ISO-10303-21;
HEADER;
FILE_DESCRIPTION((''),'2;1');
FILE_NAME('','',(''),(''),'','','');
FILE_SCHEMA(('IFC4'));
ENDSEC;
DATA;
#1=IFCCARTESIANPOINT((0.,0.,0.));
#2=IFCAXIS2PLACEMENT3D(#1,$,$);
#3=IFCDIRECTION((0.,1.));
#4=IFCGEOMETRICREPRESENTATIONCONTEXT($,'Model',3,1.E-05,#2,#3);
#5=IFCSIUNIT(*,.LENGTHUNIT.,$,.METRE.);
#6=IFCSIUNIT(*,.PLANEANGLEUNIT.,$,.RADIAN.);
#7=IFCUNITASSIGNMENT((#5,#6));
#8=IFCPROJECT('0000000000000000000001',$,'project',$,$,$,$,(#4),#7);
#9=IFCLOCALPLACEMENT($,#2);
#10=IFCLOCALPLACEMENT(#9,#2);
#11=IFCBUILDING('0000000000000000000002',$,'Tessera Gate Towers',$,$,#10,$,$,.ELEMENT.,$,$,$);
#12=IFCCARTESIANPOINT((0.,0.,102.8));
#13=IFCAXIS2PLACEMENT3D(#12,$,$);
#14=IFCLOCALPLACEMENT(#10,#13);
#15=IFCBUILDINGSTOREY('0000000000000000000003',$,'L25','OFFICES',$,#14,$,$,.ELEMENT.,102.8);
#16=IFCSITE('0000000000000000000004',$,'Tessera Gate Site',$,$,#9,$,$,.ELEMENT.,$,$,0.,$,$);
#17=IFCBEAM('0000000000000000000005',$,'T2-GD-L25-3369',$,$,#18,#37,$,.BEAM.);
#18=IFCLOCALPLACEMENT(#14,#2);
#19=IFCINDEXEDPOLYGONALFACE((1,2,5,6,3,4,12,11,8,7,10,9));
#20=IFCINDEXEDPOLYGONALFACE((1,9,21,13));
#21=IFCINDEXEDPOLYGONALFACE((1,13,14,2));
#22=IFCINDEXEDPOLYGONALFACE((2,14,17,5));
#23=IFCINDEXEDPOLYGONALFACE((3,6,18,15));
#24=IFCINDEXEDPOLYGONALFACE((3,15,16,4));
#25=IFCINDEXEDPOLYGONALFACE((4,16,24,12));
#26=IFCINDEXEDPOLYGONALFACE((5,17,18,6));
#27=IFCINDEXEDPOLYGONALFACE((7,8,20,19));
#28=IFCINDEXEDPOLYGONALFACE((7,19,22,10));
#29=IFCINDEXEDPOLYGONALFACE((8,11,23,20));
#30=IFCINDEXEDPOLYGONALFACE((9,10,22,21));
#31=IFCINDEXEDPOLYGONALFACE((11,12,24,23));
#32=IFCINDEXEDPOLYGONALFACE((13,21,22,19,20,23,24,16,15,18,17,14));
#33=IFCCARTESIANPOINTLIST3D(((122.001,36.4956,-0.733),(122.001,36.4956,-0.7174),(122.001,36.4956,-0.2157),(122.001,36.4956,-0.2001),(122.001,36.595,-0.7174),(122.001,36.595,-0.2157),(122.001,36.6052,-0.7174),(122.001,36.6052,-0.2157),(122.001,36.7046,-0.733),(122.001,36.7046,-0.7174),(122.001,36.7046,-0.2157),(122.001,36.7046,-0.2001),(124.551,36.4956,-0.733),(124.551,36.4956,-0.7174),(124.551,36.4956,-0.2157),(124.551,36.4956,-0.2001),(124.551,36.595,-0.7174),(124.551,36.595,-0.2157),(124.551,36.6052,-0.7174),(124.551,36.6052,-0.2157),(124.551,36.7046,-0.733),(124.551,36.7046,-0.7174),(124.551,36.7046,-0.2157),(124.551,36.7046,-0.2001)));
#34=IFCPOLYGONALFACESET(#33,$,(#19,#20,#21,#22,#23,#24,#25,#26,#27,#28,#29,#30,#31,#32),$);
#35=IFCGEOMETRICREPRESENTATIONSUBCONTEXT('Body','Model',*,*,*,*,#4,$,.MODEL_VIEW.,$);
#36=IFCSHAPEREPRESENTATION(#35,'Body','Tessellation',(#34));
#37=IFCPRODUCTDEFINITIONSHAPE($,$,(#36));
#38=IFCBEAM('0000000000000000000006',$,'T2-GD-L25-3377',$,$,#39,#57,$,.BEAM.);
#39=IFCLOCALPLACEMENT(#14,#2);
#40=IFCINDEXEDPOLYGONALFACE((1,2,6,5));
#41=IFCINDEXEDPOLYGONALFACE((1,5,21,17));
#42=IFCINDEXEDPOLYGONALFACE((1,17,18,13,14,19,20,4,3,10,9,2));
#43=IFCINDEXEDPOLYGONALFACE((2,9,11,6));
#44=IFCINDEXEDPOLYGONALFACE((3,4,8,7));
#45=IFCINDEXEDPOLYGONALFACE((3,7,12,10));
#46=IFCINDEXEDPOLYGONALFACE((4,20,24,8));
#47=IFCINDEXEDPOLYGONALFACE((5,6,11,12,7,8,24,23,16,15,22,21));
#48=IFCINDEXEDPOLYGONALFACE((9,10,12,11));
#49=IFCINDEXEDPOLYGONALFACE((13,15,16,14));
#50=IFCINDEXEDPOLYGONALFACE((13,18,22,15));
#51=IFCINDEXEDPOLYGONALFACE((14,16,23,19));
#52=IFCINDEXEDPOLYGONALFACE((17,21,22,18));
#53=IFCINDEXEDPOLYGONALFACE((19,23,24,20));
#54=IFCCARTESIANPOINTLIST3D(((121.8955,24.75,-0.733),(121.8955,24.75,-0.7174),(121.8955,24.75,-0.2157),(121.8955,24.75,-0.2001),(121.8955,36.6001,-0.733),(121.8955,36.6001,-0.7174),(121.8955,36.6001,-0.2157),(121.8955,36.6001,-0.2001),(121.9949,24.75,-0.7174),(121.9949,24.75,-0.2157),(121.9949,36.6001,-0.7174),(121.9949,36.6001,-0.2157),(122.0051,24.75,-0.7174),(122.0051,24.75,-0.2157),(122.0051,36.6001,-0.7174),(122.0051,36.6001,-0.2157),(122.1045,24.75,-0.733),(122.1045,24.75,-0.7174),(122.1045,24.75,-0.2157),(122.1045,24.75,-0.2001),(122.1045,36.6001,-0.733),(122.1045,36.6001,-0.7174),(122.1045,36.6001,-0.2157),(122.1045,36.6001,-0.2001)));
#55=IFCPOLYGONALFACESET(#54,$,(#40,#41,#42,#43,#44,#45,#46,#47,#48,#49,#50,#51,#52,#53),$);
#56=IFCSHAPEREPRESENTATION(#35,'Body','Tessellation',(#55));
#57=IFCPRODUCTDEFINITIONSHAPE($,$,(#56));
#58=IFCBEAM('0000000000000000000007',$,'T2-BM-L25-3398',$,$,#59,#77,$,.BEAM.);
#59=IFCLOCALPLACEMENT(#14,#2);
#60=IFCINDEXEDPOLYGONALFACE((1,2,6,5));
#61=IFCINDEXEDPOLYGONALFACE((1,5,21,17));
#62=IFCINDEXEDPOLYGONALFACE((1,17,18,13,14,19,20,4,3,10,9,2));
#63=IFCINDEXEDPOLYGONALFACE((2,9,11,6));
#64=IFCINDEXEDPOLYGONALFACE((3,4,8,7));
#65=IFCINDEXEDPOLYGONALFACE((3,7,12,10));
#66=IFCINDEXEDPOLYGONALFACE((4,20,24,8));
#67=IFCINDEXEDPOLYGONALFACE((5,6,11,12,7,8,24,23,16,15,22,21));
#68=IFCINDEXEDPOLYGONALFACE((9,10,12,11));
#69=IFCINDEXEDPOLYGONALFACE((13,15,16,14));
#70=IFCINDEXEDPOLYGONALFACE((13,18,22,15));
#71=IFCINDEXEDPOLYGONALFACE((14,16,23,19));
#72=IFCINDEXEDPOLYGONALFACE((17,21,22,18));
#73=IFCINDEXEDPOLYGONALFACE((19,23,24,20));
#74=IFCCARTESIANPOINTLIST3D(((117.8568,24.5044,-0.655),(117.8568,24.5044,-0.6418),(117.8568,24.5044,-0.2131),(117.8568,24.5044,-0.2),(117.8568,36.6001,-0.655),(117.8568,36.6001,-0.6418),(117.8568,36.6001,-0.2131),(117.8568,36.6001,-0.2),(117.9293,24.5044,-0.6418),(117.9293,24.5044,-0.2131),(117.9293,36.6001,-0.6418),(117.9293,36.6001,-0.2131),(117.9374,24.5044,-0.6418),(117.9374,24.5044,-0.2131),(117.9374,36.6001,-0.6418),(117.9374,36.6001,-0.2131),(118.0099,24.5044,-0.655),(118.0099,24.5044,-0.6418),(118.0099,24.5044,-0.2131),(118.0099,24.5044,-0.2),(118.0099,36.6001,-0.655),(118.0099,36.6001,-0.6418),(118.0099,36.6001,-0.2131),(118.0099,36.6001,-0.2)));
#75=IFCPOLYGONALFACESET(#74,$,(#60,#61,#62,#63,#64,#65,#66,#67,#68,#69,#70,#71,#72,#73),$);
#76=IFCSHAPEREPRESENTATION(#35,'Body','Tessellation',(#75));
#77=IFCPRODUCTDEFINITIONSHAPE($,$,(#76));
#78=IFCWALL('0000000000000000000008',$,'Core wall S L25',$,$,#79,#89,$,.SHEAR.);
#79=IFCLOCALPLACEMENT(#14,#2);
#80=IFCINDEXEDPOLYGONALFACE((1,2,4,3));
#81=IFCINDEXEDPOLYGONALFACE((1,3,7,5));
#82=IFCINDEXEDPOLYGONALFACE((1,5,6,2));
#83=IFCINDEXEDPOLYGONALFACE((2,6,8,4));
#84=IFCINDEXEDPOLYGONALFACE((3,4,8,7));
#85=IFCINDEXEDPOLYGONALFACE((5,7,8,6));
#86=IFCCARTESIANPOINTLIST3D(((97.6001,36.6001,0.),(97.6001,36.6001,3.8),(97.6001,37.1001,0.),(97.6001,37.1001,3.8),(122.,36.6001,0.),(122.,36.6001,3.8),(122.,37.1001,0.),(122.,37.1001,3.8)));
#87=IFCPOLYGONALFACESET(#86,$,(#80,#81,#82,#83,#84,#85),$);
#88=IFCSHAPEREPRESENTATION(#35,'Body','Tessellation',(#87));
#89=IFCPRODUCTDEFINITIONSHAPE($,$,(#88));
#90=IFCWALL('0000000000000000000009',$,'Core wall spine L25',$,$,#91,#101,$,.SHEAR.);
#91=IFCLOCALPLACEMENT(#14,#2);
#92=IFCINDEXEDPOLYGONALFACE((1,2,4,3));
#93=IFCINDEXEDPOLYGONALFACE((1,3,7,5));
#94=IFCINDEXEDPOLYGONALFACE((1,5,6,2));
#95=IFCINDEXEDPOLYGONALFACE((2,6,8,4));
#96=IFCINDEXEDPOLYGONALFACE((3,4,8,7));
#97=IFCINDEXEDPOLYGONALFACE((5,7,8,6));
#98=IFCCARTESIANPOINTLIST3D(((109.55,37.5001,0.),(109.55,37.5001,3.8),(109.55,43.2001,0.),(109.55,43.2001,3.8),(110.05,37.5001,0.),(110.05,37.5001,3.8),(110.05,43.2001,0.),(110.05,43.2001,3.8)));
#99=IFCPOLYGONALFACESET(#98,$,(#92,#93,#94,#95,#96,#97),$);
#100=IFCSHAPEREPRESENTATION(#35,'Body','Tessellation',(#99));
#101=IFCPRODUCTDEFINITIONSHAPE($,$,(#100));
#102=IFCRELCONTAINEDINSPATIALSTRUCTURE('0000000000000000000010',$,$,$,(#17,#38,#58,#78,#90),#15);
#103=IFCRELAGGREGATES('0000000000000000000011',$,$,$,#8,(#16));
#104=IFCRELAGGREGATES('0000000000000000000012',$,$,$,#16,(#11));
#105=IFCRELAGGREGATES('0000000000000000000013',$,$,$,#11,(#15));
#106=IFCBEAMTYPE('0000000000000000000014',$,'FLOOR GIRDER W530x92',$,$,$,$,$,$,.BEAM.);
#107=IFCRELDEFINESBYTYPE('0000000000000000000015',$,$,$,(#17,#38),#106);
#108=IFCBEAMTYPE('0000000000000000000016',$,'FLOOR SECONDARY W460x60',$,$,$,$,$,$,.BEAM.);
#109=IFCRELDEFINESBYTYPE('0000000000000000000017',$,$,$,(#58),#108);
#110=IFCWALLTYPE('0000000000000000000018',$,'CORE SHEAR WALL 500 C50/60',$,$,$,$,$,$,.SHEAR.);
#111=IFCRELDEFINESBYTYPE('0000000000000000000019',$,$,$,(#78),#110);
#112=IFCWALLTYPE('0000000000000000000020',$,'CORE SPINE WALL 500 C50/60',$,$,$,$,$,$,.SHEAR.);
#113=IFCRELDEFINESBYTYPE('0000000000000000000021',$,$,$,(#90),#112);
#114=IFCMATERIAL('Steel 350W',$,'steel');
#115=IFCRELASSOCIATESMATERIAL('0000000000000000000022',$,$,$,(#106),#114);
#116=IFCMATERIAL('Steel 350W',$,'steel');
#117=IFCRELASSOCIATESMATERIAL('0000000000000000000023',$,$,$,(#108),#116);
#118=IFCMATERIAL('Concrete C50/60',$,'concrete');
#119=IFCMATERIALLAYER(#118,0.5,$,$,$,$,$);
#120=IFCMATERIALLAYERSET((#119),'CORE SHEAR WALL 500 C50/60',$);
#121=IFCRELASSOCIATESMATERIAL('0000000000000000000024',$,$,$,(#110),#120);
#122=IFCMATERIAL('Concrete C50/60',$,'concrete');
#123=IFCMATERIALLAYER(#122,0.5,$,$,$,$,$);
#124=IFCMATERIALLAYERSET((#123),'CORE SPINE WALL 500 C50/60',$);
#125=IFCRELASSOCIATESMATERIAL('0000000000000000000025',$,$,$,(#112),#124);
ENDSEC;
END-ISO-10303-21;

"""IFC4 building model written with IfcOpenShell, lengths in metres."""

from ifc_helpers import new_model, si_unit, direction, frame, frame_2d, origin, origin_2d, place, context, subcontext, project, spatial, rectangle, i_section, extrude, material, layer, layer_set, material_profile, profile_set, type_object, element, save


model = new_model("IFC4")

# Units and contexts
model_context = context("Model", 3, precision=1e-05, world=origin(), true_north=direction((0.0, 1.0)))
body_context = subcontext(model_context, "Body", "Model", "MODEL_VIEW")
ifc_project = project(units=[si_unit("LENGTHUNIT", "METRE"), si_unit("PLANEANGLEUNIT", "RADIAN")], contexts=[model_context])

# Site, building, storey
site_placement = place(None, origin())
site = spatial("IfcSite", under=ifc_project, at=site_placement, Name="Tessera Gate Site", CompositionType="ELEMENT", RefElevation=0.0)
building_placement = place(site_placement, origin())
building = spatial("IfcBuilding", under=site, at=building_placement, Name="Tessera Gate Towers", CompositionType="ELEMENT")
storey_placement = place(building_placement, frame((0.0, 0.0, 102.8)))
storey = spatial("IfcBuildingStorey", under=building, at=storey_placement, Name="L25", Description="OFFICES", CompositionType="ELEMENT", Elevation=102.8)

# Beams
ifc_material_1 = material(Name="Steel 350W", Category="steel")
ifc_material_profile_1 = material_profile(ifc_material_1, i_section(OverallWidth=0.209, OverallDepth=0.533, WebThickness=0.0103, FlangeThickness=0.0156, at=origin_2d()), Name="W530x92")
ifc_profile_set_1 = profile_set([ifc_material_profile_1], Name="Steel 350W")
beam_type_1 = type_object("IfcBeamType", Name="FLOOR GIRDER W530x92", PredefinedType="BEAM", material=ifc_profile_set_1)
beam_1_placement = place(storey_placement, frame((122.001, 36.6001, -0.4666), z_axis=(1.0, 0.0, 0.0), x_axis=(0.0, 1.0, 0.0)))
element("IfcBeam", 1, at=beam_1_placement, inside=storey, type_object=beam_type_1, Name="T2-GD-L25-3369", PredefinedType="BEAM", context=body_context, shape_type="SweptSolid", body=[
    extrude(i_section(OverallWidth=0.209, OverallDepth=0.533, WebThickness=0.0103, FlangeThickness=0.0156, at=origin_2d()), origin(), (0.0, 0.0, 1.0), 2.55),
])
beam_2_placement = place(storey_placement, frame((122.0, 24.75, -0.4666), z_axis=(0.0, 1.0, 0.0), x_axis=(-1.0, 0.0, 0.0)))
element("IfcBeam", 2, at=beam_2_placement, inside=storey, type_object=beam_type_1, Name="T2-GD-L25-3377", PredefinedType="BEAM", context=body_context, shape_type="SweptSolid", body=[
    extrude(i_section(OverallWidth=0.209, OverallDepth=0.533, WebThickness=0.0103, FlangeThickness=0.0156, at=origin_2d()), origin(), (0.0, 0.0, 1.0), 11.8501),
])
ifc_material_2 = material(Name="Steel 350W", Category="steel")
ifc_material_profile_2 = material_profile(ifc_material_2, i_section(OverallWidth=0.1531, OverallDepth=0.4551, WebThickness=0.0081, FlangeThickness=0.0132, at=origin_2d()), Name="W460x60")
ifc_profile_set_2 = profile_set([ifc_material_profile_2], Name="Steel 350W")
beam_type_2 = type_object("IfcBeamType", Name="FLOOR SECONDARY W460x60", PredefinedType="BEAM", material=ifc_profile_set_2)
beam_3_placement = place(storey_placement, frame((117.9333, 24.5044, -0.4275), z_axis=(0.0, 1.0, 0.0), x_axis=(-1.0, 0.0, 0.0)))
element("IfcBeam", 3, at=beam_3_placement, inside=storey, type_object=beam_type_2, Name="T2-BM-L25-3398", PredefinedType="BEAM", context=body_context, shape_type="SweptSolid", body=[
    extrude(i_section(OverallWidth=0.1531, OverallDepth=0.4551, WebThickness=0.0081, FlangeThickness=0.0132, at=origin_2d()), origin(), (0.0, 0.0, 1.0), 12.0957),
])

# Walls
ifc_material_3 = material(Name="Concrete C50/60", Category="concrete")
ifc_layer_1 = layer(ifc_material_3, 0.5)
ifc_layer_set_1 = layer_set([ifc_layer_1], Name="CORE SHEAR WALL 500 C50/60")
wall_type_1 = type_object("IfcWallType", Name="CORE SHEAR WALL 500 C50/60", PredefinedType="SHEAR", material=ifc_layer_set_1)
wall_1_placement = place(storey_placement, frame((122.0, 36.8501, 0.0), z_axis=(0.0, 0.0, 1.0), x_axis=(-1.0, 0.0, 0.0)))
element("IfcWall", 4, at=wall_1_placement, inside=storey, type_object=wall_type_1, Name="Core wall S L25", PredefinedType="SHEAR", context=body_context, shape_type="SweptSolid", body=[
    extrude(rectangle(XDim=24.3999, YDim=0.5, at=frame_2d((12.2, 0.0))), origin(), (0.0, 0.0, 1.0), 3.8),
])
ifc_material_4 = material(Name="Concrete C50/60", Category="concrete")
ifc_layer_2 = layer(ifc_material_4, 0.5)
ifc_layer_set_2 = layer_set([ifc_layer_2], Name="CORE SPINE WALL 500 C50/60")
wall_type_2 = type_object("IfcWallType", Name="CORE SPINE WALL 500 C50/60", PredefinedType="SHEAR", material=ifc_layer_set_2)
wall_2_placement = place(storey_placement, frame((109.8, 37.5, 0.0), z_axis=(0.0, 0.0, 1.0), x_axis=(0.0, 1.0, 0.0)))
element("IfcWall", 5, at=wall_2_placement, inside=storey, type_object=wall_type_2, Name="Core wall spine L25", PredefinedType="SHEAR", context=body_context, shape_type="SweptSolid", body=[
    extrude(rectangle(XDim=5.7, YDim=0.5, at=frame_2d((2.8501, 0.0))), origin(), (0.0, 0.0, 1.0), 3.8),
])

save(model, "model.ifc")
